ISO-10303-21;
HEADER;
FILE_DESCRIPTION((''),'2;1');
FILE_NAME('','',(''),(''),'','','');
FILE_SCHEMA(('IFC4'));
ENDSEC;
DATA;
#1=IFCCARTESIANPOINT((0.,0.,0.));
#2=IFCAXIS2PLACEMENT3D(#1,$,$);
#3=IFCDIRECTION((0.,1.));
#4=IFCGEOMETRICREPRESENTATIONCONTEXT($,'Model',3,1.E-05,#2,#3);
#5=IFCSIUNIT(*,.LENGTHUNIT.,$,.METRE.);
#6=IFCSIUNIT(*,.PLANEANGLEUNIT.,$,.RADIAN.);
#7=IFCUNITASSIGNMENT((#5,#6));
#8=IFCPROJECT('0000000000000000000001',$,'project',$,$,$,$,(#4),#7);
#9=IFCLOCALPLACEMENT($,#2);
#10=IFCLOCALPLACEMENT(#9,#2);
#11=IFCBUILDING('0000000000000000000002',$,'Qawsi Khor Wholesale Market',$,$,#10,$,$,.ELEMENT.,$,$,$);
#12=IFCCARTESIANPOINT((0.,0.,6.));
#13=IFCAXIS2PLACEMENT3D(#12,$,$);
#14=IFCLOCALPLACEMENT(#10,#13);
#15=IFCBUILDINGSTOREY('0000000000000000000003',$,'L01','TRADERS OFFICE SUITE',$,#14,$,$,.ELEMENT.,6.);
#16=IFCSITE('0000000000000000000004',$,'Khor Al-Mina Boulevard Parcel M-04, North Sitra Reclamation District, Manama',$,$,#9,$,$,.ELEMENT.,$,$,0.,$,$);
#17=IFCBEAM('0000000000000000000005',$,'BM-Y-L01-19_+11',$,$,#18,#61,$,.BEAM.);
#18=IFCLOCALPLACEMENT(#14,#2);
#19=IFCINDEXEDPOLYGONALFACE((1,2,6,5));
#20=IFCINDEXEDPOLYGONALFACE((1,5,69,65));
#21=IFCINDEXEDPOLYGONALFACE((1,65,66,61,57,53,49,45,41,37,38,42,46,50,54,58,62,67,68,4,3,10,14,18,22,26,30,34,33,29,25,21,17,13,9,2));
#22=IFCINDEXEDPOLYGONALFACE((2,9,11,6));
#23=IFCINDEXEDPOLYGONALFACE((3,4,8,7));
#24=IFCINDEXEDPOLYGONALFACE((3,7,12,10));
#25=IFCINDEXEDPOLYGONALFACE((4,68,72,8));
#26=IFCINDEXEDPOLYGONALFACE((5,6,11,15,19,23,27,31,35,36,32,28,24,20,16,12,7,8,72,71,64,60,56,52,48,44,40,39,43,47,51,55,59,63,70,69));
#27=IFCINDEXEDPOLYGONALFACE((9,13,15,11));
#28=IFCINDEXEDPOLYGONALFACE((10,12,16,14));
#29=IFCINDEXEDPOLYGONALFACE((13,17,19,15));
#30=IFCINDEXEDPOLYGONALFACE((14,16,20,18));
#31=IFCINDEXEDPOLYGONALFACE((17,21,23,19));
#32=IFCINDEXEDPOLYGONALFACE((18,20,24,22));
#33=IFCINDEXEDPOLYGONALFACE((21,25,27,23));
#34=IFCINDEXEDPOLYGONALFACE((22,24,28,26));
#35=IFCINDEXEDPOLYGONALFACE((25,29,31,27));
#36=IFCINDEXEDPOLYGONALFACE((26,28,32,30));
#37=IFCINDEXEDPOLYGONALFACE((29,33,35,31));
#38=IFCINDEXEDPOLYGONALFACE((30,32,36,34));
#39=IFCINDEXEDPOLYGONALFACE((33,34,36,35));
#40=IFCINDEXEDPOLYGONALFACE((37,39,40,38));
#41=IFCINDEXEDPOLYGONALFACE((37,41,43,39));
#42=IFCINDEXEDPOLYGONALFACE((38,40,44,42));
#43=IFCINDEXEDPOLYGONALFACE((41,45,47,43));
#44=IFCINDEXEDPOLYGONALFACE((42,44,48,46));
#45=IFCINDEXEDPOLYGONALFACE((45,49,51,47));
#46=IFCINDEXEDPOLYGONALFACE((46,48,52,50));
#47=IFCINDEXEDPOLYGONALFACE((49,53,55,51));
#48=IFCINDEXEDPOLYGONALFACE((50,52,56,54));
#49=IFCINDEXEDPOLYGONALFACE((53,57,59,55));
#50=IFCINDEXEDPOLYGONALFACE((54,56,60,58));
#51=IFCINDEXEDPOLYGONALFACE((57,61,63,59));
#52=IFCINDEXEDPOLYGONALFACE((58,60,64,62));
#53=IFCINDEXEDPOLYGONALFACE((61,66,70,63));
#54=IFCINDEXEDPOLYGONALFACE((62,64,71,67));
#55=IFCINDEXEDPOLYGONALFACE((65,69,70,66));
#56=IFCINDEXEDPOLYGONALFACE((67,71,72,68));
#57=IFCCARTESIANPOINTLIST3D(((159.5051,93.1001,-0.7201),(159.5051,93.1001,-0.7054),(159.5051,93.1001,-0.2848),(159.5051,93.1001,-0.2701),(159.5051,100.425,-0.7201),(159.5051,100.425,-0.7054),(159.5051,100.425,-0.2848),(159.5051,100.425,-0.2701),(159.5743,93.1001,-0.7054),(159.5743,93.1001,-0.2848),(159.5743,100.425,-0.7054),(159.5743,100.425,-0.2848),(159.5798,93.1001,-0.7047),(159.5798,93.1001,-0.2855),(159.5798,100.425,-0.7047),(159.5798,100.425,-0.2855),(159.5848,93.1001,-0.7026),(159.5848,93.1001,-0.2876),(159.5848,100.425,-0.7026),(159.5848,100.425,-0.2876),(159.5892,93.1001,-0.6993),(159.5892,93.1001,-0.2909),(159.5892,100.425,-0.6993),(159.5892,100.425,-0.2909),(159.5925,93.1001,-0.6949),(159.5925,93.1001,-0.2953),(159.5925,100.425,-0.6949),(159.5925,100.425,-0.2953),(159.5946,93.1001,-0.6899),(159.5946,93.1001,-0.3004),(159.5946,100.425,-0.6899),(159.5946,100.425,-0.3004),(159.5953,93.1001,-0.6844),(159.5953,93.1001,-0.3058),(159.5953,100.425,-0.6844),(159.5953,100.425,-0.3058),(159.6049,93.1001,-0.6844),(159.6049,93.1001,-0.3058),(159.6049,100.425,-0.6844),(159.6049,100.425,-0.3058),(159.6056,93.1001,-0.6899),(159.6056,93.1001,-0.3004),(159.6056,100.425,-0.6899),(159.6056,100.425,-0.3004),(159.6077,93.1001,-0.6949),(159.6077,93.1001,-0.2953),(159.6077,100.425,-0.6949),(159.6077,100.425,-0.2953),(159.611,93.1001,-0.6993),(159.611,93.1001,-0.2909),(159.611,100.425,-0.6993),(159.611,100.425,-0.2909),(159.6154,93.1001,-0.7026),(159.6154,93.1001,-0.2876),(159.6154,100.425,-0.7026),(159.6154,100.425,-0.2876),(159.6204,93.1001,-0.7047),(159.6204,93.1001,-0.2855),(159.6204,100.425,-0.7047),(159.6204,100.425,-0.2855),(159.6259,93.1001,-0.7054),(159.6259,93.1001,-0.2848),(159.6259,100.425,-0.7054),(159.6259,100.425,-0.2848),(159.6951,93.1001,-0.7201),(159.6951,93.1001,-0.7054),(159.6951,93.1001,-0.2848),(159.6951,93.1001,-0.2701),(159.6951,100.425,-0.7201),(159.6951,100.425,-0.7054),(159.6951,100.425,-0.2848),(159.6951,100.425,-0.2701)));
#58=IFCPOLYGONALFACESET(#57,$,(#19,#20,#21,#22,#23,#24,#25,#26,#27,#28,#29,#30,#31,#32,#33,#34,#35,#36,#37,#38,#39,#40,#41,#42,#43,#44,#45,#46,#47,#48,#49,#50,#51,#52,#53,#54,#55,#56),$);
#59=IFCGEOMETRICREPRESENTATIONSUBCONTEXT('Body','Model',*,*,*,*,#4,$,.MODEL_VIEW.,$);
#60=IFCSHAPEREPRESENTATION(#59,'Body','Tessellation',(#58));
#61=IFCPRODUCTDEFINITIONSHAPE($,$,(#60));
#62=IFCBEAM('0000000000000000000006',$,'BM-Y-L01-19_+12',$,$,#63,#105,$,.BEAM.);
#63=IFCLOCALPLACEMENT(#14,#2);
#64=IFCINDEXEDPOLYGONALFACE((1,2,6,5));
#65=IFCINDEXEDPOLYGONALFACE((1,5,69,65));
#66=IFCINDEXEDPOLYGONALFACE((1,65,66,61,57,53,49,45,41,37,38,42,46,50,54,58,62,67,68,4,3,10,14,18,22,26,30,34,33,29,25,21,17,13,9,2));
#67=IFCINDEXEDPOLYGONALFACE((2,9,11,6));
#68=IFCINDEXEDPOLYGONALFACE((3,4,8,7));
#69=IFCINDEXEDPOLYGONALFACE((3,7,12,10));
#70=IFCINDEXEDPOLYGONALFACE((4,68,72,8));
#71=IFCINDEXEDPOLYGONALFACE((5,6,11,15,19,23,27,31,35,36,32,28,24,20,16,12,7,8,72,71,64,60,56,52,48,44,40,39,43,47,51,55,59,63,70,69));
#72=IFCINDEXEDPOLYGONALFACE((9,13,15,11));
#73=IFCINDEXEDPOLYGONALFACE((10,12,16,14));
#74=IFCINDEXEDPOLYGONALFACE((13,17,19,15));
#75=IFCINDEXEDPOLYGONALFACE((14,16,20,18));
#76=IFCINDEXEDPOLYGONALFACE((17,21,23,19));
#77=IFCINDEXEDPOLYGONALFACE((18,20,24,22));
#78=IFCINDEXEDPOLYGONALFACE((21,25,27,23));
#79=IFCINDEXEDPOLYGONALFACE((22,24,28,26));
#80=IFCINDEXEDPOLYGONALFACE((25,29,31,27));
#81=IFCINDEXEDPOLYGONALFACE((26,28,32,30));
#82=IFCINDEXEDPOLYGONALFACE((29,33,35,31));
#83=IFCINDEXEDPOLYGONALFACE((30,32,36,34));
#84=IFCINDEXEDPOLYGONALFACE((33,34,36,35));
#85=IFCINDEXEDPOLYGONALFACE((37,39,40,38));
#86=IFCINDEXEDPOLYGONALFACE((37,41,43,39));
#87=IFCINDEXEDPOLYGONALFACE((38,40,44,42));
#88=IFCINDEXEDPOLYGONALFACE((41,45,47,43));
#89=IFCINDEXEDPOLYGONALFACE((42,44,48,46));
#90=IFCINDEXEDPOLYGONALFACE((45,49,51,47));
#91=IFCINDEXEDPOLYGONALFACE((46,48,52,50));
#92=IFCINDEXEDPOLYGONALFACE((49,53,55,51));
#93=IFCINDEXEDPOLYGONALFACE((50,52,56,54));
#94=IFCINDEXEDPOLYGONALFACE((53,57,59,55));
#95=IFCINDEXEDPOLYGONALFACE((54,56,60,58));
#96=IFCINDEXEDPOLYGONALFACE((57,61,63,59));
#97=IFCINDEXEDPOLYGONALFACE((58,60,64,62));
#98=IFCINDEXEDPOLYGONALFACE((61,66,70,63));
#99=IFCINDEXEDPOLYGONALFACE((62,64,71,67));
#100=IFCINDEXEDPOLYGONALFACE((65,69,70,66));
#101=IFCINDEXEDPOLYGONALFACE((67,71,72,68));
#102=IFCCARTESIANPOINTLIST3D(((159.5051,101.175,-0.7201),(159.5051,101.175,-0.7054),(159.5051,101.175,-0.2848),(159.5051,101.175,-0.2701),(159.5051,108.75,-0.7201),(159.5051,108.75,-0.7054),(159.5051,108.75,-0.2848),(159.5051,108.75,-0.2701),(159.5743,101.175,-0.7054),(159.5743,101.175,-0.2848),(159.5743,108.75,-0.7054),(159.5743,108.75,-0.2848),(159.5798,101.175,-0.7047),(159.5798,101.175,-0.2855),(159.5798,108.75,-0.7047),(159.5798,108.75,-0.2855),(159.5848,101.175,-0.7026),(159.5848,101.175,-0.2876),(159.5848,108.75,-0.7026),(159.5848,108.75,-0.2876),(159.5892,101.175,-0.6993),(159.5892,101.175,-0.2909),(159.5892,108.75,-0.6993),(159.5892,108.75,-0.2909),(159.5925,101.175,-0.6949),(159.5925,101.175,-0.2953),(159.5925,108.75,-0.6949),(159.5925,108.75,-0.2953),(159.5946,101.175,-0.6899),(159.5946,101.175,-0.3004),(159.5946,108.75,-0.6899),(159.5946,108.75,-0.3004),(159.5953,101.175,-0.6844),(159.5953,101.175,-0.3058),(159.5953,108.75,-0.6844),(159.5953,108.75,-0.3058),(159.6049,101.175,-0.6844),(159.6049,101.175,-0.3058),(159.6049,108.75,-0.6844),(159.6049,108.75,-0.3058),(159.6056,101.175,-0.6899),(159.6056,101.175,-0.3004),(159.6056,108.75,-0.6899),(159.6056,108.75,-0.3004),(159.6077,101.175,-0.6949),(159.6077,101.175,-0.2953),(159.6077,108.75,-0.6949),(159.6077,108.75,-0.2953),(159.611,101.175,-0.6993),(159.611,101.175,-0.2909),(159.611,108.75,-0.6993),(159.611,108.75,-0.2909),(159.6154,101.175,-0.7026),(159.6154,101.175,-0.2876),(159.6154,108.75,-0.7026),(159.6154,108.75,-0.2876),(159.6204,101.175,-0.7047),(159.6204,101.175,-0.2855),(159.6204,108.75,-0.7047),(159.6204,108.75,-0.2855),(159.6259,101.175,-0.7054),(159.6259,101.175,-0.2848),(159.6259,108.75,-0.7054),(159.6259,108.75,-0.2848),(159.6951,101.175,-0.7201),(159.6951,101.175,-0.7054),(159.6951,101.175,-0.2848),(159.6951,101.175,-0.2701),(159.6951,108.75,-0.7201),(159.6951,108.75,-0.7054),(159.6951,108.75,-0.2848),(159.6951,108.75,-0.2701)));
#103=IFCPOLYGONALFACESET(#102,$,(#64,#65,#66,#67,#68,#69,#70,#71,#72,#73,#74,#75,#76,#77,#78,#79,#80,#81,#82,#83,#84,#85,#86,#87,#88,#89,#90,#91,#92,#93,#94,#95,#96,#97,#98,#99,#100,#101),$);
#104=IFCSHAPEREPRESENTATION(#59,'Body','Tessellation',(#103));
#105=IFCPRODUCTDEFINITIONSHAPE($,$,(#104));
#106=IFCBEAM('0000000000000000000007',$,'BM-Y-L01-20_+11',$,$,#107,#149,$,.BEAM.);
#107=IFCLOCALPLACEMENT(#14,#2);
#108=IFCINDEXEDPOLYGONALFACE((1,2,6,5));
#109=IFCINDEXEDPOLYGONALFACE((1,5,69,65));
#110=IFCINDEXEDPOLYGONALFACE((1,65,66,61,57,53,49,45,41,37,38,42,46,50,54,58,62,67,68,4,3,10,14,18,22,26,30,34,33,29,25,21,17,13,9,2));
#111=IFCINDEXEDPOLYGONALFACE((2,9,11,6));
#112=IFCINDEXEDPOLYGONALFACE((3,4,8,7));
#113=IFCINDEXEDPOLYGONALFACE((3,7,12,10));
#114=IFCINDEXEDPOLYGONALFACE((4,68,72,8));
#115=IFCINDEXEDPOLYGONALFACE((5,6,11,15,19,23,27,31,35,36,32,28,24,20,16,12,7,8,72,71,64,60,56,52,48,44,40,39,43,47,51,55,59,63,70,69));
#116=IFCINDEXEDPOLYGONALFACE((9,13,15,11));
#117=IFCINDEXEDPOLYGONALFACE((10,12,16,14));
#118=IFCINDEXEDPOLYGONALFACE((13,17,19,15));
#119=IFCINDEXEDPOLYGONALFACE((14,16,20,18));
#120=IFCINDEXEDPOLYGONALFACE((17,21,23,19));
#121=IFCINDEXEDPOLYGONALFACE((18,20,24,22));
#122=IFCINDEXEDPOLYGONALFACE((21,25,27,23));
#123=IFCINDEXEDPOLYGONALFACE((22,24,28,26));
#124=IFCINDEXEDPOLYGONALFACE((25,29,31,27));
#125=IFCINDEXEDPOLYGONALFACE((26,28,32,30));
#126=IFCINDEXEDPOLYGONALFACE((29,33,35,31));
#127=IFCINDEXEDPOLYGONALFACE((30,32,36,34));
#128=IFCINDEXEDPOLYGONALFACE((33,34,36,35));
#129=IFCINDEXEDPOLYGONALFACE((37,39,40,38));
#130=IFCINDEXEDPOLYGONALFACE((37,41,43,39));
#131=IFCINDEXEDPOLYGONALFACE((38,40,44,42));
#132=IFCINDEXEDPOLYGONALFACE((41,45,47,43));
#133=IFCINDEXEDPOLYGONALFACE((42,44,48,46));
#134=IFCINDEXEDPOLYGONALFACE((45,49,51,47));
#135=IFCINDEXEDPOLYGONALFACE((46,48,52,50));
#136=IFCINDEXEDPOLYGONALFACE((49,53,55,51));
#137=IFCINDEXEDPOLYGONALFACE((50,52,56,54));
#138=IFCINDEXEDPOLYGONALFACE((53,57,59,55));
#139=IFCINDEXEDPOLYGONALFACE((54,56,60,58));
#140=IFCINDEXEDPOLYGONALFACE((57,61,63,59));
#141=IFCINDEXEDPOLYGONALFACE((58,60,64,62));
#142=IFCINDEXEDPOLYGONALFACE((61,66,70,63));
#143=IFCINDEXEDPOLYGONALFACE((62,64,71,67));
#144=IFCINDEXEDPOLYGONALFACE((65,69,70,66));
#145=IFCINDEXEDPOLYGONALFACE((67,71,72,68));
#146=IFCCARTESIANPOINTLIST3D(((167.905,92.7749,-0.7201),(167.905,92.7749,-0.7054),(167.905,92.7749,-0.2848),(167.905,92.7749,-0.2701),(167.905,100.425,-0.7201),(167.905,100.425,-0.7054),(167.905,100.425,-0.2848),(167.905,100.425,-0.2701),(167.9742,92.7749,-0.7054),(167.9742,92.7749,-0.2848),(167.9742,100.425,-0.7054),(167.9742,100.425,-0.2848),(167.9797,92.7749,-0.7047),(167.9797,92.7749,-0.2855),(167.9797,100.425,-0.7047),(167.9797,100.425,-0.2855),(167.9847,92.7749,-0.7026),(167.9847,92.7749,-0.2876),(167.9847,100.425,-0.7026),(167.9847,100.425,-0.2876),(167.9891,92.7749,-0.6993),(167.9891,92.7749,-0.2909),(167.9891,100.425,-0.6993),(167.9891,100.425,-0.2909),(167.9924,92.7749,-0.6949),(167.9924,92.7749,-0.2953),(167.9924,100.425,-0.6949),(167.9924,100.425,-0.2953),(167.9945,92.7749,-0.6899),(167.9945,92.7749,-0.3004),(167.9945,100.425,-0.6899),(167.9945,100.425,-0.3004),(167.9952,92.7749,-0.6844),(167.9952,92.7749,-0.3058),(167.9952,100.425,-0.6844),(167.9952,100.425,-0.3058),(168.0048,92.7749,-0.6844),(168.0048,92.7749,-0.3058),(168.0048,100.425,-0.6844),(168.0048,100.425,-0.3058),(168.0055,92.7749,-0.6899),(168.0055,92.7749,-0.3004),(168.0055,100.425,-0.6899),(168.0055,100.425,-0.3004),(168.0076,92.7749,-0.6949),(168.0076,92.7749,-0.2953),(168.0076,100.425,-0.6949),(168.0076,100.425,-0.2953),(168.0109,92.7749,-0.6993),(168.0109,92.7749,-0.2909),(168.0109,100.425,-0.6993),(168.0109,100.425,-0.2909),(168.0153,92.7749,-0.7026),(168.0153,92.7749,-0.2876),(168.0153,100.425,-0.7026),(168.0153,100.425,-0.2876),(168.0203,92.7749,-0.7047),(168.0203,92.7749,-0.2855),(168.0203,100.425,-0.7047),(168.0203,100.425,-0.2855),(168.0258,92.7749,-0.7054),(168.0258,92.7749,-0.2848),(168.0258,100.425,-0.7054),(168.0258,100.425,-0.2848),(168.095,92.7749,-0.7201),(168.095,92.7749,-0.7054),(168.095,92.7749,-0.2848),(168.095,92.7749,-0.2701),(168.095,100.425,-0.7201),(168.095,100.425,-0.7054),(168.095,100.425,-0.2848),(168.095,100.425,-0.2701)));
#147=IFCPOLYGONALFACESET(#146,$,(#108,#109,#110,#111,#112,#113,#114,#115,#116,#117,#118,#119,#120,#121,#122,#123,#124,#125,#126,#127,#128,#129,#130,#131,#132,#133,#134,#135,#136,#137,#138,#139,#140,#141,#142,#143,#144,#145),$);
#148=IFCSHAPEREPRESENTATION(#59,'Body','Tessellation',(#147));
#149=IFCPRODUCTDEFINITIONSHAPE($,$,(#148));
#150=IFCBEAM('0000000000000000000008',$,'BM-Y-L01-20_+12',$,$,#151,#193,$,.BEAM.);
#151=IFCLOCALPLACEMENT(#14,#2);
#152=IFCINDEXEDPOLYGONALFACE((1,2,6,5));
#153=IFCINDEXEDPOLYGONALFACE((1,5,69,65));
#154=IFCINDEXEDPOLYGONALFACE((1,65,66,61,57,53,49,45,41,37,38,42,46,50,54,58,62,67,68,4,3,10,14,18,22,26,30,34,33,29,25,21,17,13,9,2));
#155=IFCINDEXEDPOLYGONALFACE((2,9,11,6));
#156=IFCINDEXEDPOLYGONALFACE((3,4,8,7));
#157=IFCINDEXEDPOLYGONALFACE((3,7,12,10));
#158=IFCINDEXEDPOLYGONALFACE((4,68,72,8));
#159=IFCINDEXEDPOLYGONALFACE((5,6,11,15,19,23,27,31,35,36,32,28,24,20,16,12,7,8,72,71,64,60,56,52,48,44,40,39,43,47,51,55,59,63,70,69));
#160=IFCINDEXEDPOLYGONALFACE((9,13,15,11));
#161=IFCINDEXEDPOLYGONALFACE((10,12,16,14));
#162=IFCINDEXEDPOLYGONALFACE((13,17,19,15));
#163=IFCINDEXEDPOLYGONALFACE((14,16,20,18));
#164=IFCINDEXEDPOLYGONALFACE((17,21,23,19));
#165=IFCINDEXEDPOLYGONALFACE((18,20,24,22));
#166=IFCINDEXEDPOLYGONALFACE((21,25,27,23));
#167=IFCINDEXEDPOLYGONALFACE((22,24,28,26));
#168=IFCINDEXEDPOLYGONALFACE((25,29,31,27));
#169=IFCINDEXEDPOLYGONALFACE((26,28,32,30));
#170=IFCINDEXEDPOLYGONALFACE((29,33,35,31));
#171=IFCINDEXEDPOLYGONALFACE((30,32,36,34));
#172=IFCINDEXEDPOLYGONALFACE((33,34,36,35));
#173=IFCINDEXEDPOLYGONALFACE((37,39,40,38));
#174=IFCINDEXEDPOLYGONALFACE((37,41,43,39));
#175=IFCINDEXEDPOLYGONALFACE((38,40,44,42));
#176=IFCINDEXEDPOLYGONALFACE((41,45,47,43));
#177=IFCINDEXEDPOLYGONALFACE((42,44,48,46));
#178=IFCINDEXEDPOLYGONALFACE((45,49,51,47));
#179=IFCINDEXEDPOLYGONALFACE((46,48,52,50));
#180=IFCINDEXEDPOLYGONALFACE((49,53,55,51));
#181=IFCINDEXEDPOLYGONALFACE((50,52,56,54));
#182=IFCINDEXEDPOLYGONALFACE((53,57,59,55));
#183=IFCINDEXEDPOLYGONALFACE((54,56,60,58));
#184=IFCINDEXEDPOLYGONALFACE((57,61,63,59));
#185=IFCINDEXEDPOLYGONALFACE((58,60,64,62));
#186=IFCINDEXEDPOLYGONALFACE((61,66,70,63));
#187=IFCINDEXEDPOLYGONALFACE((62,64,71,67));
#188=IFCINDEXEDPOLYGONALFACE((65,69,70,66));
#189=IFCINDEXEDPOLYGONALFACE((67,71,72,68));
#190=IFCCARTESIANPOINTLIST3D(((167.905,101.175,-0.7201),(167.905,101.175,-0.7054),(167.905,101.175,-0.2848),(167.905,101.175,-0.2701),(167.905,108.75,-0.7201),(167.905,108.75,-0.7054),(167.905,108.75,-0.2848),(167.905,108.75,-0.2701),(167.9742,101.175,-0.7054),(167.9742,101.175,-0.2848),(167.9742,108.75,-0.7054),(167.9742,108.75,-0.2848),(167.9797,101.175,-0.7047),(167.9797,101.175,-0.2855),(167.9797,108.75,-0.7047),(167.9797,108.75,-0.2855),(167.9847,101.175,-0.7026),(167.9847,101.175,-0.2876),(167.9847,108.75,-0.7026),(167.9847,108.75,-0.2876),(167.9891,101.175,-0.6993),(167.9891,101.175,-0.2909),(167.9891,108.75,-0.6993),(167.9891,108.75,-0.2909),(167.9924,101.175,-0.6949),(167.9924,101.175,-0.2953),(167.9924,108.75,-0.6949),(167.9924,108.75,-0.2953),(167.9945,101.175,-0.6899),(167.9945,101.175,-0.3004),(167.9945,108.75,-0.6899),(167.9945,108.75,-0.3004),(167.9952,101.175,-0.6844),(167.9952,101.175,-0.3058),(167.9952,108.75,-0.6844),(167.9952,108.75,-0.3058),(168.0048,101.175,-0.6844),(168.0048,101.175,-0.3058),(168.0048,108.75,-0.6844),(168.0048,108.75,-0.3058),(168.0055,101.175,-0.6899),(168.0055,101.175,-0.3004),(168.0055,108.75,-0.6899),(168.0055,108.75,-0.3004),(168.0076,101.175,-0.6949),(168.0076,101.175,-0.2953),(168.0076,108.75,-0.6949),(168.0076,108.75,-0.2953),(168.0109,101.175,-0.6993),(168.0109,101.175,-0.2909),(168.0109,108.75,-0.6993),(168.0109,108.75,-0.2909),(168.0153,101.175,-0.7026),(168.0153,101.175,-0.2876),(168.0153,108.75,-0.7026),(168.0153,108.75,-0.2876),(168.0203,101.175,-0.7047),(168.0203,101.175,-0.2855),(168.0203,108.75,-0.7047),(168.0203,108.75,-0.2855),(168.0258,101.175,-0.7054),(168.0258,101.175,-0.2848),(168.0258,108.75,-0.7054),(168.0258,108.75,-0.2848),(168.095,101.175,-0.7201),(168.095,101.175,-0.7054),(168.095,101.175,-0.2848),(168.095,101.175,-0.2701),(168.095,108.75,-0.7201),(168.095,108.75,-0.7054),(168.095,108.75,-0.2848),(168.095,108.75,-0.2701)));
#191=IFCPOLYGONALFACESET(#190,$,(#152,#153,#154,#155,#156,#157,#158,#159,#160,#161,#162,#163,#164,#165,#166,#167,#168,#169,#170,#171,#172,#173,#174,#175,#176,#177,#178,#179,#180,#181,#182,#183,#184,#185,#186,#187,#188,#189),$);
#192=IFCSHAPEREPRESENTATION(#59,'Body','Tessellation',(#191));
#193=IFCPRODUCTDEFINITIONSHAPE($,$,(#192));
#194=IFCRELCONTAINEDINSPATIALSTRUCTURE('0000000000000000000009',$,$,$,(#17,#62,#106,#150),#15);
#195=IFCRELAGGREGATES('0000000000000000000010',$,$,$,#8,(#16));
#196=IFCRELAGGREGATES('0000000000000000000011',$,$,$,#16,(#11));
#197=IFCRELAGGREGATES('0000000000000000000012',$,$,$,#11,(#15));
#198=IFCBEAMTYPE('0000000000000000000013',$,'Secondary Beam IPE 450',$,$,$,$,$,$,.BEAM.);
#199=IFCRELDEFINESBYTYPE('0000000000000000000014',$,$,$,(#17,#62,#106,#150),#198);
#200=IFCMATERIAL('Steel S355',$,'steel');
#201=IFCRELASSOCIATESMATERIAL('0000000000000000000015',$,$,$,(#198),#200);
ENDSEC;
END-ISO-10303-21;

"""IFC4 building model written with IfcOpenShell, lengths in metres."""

from ifc_helpers import new_model, si_unit, direction, frame, origin, origin_2d, place, context, subcontext, project, spatial, i_section, extrude, material, material_profile, profile_set, type_object, element, save


model = new_model("IFC4")

# Units and contexts
model_context = context("Model", 3, precision=1e-05, world=origin(), true_north=direction((0.0, 1.0)))
body_context = subcontext(model_context, "Body", "Model", "MODEL_VIEW")
ifc_project = project(units=[si_unit("LENGTHUNIT", "METRE"), si_unit("PLANEANGLEUNIT", "RADIAN")], contexts=[model_context])

# Site, building, storey
site_placement = place(None, origin())
site = spatial("IfcSite", under=ifc_project, at=site_placement, Name="Khor Al-Mina Boulevard Parcel M-04, North Sitra Reclamation District, Manama", CompositionType="ELEMENT", RefElevation=0.0)
building_placement = place(site_placement, origin())
building = spatial("IfcBuilding", under=site, at=building_placement, Name="Qawsi Khor Wholesale Market", CompositionType="ELEMENT")
storey_placement = place(building_placement, frame((0.0, 0.0, 6.0)))
storey = spatial("IfcBuildingStorey", under=building, at=storey_placement, Name="L01", Description="TRADERS OFFICE SUITE", CompositionType="ELEMENT", Elevation=6.0)

# Beams
ifc_material_1 = material(Name="Steel S355", Category="steel")
ifc_material_profile_1 = material_profile(ifc_material_1, i_section(OverallWidth=0.1899, OverallDepth=0.45, WebThickness=0.0095, FlangeThickness=0.0146, FilletRadius=0.021, at=origin_2d()), Name="IPE 450")
ifc_profile_set_1 = profile_set([ifc_material_profile_1], Name="Steel S355")
beam_type_1 = type_object("IfcBeamType", Name="Secondary Beam IPE 450", PredefinedType="BEAM", material=ifc_profile_set_1)
beam_1_placement = place(storey_placement, frame((159.6001, 93.1001, -0.4951), z_axis=(0.0, 1.0, 0.0), x_axis=(-1.0, 0.0, 0.0)))
element("IfcBeam", 1, at=beam_1_placement, inside=storey, type_object=beam_type_1, Name="BM-Y-L01-19_+11", PredefinedType="BEAM", context=body_context, shape_type="SweptSolid", body=[
    extrude(i_section(OverallWidth=0.1899, OverallDepth=0.45, WebThickness=0.0095, FlangeThickness=0.0146, FilletRadius=0.021, at=origin_2d()), origin(), (0.0, 0.0, 1.0), 7.325),
])
beam_2_placement = place(storey_placement, frame((159.6001, 101.175, -0.4951), z_axis=(0.0, 1.0, 0.0), x_axis=(-1.0, 0.0, 0.0)))
element("IfcBeam", 2, at=beam_2_placement, inside=storey, type_object=beam_type_1, Name="BM-Y-L01-19_+12", PredefinedType="BEAM", context=body_context, shape_type="SweptSolid", body=[
    extrude(i_section(OverallWidth=0.1899, OverallDepth=0.45, WebThickness=0.0095, FlangeThickness=0.0146, FilletRadius=0.021, at=origin_2d()), origin(), (0.0, 0.0, 1.0), 7.575),
])
beam_3_placement = place(storey_placement, frame((168.0, 92.7749, -0.4951), z_axis=(0.0, 1.0, 0.0), x_axis=(-1.0, 0.0, 0.0)))
element("IfcBeam", 3, at=beam_3_placement, inside=storey, type_object=beam_type_1, Name="BM-Y-L01-20_+11", PredefinedType="BEAM", context=body_context, shape_type="SweptSolid", body=[
    extrude(i_section(OverallWidth=0.1899, OverallDepth=0.45, WebThickness=0.0095, FlangeThickness=0.0146, FilletRadius=0.021, at=origin_2d()), origin(), (0.0, 0.0, 1.0), 7.6501),
])
beam_4_placement = place(storey_placement, frame((168.0, 101.175, -0.4951), z_axis=(0.0, 1.0, 0.0), x_axis=(-1.0, 0.0, 0.0)))
element("IfcBeam", 4, at=beam_4_placement, inside=storey, type_object=beam_type_1, Name="BM-Y-L01-20_+12", PredefinedType="BEAM", context=body_context, shape_type="SweptSolid", body=[
    extrude(i_section(OverallWidth=0.1899, OverallDepth=0.45, WebThickness=0.0095, FlangeThickness=0.0146, FilletRadius=0.021, at=origin_2d()), origin(), (0.0, 0.0, 1.0), 7.575),
])

save(model, "model.ifc")
